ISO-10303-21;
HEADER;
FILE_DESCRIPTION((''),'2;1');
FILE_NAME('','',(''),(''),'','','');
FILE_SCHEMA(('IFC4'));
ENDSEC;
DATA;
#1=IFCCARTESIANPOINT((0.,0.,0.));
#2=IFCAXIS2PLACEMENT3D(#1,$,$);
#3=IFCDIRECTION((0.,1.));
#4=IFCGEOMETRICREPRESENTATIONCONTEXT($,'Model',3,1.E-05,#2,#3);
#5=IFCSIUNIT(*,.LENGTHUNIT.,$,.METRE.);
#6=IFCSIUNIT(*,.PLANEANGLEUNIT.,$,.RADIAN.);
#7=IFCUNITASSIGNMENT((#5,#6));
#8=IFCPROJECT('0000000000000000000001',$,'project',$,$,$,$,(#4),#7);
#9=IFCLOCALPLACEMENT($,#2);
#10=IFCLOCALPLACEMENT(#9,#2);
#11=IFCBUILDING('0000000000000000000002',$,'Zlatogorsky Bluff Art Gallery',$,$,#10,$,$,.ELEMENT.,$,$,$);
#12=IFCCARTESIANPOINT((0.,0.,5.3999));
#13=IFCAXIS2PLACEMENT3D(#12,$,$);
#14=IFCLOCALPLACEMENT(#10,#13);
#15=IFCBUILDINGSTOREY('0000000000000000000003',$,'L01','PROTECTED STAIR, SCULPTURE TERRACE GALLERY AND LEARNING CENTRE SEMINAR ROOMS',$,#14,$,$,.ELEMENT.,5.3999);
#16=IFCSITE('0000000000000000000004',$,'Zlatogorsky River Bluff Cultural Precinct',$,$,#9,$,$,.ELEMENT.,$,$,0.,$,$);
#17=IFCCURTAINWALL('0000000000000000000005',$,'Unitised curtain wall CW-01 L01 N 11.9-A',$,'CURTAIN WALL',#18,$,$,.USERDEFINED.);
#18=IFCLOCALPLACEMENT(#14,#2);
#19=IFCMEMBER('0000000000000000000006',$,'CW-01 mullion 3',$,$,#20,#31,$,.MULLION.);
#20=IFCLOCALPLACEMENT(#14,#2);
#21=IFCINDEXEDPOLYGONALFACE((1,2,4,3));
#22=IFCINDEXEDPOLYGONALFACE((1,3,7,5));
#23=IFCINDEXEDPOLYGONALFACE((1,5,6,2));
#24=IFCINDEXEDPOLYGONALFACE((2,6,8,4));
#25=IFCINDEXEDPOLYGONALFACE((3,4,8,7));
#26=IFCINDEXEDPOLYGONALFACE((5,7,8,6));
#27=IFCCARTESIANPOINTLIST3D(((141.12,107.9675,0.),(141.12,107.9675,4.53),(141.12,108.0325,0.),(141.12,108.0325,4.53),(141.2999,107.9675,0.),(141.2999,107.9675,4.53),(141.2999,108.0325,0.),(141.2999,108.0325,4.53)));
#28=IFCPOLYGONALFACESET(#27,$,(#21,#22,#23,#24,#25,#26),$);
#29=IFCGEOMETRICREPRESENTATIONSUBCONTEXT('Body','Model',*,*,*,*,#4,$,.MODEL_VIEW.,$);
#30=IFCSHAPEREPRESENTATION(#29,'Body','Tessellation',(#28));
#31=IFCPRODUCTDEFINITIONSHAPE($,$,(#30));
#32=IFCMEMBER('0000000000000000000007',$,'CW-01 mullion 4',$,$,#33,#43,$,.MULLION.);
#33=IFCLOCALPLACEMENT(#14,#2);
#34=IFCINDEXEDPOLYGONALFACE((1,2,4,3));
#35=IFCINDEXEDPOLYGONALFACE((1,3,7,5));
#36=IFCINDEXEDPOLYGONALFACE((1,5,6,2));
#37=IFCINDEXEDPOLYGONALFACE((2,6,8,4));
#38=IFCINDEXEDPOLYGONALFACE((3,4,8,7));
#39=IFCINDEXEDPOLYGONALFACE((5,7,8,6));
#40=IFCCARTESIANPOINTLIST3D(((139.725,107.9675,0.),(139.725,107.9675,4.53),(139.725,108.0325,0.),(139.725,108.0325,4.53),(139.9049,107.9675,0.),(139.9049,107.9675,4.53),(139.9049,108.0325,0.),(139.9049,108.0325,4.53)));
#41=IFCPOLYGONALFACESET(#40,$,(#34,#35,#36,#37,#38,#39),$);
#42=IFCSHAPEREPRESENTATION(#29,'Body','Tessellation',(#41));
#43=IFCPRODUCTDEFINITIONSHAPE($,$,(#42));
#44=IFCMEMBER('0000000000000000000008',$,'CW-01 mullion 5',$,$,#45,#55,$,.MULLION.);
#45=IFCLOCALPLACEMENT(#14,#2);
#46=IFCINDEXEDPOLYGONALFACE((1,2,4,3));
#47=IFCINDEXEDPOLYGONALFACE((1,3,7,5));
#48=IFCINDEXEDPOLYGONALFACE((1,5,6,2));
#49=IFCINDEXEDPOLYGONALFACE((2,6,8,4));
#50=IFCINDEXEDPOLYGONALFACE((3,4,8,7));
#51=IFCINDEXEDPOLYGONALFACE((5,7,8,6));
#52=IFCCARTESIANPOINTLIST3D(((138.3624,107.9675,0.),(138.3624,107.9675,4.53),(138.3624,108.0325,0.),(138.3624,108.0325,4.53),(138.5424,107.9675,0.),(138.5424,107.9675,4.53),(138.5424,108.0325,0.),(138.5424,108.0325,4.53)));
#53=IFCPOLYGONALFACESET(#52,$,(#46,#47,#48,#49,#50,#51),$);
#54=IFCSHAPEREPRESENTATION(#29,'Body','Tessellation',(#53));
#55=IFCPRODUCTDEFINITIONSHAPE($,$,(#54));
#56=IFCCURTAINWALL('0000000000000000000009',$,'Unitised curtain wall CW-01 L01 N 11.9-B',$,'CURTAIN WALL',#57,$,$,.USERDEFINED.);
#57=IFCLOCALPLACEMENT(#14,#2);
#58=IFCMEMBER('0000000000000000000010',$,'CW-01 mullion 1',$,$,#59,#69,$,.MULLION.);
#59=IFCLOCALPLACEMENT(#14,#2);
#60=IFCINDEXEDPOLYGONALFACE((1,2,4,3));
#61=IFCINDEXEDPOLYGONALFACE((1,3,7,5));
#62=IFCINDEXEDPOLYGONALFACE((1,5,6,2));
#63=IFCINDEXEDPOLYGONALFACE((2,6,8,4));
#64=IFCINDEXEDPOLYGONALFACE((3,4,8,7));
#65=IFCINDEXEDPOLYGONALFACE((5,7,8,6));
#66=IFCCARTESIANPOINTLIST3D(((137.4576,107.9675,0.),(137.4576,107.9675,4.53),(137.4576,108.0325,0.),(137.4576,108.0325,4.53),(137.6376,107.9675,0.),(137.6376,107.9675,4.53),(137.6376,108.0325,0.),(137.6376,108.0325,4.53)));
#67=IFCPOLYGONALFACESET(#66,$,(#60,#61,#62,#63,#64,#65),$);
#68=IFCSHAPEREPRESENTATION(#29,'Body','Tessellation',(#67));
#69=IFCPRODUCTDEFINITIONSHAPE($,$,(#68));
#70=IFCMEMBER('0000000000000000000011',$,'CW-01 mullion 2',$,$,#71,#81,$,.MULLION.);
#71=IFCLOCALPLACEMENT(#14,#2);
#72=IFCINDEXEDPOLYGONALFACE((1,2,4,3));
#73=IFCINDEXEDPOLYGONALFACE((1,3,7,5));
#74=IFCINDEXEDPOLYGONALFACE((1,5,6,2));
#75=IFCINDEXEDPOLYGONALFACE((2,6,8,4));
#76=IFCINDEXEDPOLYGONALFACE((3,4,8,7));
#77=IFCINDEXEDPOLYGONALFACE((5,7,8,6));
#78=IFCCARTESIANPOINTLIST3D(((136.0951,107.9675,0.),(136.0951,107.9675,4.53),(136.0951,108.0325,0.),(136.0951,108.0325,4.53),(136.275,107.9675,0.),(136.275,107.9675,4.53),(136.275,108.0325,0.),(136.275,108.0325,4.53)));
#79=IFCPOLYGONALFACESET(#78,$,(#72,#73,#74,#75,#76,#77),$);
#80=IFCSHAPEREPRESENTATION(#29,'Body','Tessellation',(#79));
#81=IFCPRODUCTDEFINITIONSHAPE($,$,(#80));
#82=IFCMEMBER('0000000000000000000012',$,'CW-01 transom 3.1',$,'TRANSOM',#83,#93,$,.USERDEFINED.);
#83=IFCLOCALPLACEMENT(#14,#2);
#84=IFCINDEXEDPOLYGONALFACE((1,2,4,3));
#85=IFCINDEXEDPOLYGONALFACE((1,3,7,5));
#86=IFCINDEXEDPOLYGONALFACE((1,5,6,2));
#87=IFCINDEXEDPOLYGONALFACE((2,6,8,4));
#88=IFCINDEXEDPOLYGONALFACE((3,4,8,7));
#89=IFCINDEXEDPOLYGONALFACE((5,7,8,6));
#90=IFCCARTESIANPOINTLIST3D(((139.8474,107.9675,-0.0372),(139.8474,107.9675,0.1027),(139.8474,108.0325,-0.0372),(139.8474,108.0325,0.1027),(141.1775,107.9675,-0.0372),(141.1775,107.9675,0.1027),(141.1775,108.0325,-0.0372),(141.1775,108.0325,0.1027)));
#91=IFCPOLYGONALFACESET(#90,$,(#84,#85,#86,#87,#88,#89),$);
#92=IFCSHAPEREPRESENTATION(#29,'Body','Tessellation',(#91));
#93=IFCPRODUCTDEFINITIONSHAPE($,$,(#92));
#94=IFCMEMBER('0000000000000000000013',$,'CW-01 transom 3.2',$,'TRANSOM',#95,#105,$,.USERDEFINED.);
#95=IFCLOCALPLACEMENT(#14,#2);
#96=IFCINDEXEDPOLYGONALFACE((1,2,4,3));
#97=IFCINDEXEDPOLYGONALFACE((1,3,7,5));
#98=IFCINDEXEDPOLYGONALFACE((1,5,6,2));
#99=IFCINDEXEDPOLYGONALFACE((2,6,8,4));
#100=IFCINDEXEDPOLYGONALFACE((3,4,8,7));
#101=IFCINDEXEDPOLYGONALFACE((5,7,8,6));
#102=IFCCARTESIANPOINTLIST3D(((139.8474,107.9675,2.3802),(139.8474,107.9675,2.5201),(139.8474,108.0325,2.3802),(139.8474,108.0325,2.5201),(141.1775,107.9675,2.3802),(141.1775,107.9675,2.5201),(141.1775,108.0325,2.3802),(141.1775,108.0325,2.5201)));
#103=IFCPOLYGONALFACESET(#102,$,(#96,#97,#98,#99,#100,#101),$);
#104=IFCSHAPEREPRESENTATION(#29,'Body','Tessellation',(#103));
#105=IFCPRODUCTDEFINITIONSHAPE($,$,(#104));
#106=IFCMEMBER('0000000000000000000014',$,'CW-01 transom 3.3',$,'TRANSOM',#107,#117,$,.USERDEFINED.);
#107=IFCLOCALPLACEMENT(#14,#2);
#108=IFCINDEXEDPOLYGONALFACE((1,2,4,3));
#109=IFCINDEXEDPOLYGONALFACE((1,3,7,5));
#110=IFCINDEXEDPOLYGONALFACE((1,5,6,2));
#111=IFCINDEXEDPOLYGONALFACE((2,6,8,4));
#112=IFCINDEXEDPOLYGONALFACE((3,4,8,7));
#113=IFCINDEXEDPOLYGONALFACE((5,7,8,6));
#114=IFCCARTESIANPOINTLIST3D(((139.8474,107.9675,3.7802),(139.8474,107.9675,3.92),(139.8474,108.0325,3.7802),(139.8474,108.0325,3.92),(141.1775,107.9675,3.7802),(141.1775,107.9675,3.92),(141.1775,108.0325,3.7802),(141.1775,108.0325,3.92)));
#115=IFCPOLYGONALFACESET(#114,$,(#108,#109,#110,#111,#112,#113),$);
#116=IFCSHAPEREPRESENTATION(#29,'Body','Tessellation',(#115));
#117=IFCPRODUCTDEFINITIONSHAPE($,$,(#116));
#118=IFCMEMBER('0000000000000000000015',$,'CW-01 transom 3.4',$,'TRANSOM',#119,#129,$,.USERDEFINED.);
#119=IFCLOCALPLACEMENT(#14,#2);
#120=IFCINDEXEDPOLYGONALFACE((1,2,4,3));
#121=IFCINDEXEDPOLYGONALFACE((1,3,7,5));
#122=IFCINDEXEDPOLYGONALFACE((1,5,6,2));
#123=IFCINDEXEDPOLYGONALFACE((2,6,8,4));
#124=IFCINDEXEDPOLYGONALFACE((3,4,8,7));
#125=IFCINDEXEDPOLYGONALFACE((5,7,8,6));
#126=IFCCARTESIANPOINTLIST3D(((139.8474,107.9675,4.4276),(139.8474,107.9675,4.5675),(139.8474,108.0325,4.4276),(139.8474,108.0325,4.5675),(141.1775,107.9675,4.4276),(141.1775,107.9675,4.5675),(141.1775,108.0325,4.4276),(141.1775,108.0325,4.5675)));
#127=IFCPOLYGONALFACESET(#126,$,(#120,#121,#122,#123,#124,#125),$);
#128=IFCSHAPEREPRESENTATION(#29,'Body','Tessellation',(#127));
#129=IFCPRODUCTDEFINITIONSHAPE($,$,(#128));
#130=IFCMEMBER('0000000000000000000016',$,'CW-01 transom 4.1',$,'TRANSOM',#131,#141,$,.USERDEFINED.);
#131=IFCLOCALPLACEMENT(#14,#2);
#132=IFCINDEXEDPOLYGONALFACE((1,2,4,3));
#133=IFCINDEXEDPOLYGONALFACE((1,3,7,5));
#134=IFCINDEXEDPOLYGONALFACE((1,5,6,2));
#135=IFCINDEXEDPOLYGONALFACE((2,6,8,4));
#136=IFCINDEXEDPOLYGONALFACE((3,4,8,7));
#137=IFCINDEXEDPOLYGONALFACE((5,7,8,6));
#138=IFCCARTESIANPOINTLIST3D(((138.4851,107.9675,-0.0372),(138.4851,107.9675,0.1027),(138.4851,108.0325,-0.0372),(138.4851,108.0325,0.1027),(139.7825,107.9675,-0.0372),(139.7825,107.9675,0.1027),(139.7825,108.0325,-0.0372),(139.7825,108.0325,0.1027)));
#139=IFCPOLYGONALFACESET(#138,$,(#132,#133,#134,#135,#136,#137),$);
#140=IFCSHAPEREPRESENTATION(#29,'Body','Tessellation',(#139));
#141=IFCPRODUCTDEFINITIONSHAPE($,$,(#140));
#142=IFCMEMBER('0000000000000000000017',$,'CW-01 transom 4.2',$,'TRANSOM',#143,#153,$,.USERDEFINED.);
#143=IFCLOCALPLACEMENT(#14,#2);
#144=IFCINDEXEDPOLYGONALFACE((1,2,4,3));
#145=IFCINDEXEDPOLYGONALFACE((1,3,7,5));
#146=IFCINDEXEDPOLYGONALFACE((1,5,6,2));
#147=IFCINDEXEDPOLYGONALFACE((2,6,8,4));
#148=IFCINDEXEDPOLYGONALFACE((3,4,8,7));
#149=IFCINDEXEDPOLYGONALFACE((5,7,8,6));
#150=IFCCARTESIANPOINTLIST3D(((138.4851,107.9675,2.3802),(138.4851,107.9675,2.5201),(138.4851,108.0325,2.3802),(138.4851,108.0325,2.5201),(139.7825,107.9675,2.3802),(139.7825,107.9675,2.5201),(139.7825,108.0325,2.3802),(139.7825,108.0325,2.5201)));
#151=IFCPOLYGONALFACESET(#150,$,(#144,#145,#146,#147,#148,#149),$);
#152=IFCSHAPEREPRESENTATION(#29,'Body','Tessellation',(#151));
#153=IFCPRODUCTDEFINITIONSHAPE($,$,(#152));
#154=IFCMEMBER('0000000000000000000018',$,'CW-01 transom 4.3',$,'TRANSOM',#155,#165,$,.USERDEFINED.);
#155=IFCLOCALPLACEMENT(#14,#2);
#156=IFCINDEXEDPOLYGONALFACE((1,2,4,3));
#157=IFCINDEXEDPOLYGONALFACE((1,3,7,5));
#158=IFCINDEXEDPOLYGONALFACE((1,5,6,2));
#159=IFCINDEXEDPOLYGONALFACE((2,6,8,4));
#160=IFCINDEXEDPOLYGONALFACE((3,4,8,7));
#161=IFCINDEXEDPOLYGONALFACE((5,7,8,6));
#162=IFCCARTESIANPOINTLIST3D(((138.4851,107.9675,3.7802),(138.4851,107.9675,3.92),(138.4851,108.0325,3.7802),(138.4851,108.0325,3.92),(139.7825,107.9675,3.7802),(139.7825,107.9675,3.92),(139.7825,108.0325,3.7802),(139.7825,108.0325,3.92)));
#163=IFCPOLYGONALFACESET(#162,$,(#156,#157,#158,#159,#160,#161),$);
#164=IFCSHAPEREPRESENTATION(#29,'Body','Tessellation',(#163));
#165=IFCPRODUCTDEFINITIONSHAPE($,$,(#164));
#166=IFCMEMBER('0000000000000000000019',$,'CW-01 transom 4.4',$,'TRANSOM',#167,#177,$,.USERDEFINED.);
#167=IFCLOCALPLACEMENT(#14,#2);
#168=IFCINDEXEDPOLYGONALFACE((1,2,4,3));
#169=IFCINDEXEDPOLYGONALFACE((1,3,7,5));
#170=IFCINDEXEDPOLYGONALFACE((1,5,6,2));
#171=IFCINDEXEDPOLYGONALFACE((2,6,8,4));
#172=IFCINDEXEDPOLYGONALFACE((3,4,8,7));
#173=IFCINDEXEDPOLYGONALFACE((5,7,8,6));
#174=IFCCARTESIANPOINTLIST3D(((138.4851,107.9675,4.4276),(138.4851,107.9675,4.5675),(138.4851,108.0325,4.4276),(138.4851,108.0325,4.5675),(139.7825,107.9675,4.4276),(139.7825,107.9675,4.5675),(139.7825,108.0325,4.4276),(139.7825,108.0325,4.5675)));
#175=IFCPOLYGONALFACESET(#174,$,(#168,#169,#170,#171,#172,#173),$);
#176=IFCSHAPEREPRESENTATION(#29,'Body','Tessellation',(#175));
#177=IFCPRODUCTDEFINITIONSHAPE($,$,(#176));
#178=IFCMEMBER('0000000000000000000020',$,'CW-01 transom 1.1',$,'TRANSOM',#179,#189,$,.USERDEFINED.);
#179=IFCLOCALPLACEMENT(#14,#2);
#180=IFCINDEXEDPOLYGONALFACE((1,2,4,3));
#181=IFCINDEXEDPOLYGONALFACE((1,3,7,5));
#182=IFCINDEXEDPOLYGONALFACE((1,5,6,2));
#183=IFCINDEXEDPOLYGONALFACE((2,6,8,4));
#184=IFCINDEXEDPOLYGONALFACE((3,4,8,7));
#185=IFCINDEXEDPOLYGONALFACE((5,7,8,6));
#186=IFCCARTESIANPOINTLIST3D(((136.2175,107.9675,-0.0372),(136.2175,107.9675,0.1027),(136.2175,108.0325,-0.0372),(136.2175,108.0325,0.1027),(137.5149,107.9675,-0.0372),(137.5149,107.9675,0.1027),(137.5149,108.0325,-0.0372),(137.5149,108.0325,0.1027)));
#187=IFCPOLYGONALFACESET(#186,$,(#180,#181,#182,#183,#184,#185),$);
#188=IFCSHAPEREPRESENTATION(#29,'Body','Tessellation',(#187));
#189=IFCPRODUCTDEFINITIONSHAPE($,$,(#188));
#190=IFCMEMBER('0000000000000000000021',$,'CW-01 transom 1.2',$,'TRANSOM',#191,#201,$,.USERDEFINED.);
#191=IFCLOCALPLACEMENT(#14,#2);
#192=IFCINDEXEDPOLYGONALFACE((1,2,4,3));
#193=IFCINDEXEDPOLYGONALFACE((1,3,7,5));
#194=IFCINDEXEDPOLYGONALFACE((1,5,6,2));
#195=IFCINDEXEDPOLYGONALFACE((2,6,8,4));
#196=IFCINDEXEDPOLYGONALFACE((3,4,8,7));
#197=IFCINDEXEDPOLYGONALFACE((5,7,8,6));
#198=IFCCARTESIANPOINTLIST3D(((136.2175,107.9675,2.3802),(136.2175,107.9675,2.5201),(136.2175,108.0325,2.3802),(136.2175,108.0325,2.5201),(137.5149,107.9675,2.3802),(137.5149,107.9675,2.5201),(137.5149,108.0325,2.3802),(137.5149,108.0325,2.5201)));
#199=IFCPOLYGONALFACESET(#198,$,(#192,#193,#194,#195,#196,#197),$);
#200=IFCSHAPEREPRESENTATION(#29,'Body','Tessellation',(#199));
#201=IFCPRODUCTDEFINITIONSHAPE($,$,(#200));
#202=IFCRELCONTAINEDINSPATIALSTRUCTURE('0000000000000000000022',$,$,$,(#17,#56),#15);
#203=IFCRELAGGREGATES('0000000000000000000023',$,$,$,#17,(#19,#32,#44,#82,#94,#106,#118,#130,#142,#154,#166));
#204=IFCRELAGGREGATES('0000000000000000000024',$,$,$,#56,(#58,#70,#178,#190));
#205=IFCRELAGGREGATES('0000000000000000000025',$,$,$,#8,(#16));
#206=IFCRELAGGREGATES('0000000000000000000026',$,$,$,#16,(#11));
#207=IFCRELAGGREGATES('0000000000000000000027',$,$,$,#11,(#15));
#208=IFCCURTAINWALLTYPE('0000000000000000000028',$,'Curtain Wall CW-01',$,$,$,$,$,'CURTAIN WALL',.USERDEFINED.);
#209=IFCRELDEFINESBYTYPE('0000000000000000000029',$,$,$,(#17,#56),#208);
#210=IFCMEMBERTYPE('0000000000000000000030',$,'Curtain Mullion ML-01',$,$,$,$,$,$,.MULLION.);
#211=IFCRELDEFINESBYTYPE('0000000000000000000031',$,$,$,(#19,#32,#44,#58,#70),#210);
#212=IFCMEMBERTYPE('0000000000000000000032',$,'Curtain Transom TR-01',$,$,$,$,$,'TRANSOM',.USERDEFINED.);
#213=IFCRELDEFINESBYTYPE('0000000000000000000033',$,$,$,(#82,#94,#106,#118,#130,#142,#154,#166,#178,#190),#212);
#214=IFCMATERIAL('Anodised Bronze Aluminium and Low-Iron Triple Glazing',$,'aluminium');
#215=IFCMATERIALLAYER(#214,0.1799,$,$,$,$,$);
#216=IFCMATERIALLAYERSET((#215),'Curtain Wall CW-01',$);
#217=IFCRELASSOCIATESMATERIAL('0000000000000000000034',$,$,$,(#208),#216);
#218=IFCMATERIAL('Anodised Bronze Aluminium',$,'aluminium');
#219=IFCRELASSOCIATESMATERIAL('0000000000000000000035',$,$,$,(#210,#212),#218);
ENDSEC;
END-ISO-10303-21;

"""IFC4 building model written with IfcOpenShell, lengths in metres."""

from ifc_helpers import new_model, si_unit, direction, frame, origin, origin_2d, place, context, subcontext, project, spatial, rectangle, extrude, material, layer, layer_set, material_profile, profile_set, type_object, element, aggregate, save


model = new_model("IFC4")

# Units and contexts
model_context = context("Model", 3, precision=1e-05, world=origin(), true_north=direction((0.0, 1.0)))
body_context = subcontext(model_context, "Body", "Model", "MODEL_VIEW")
ifc_project = project(units=[si_unit("LENGTHUNIT", "METRE"), si_unit("PLANEANGLEUNIT", "RADIAN")], contexts=[model_context])

# Site, building, storey
site_placement = place(None, origin())
site = spatial("IfcSite", under=ifc_project, at=site_placement, Name="Zlatogorsky River Bluff Cultural Precinct", CompositionType="ELEMENT", RefElevation=0.0)
building_placement = place(site_placement, origin())
building = spatial("IfcBuilding", under=site, at=building_placement, Name="Zlatogorsky Bluff Art Gallery", CompositionType="ELEMENT")
storey_placement = place(building_placement, frame((0.0, 0.0, 5.3999)))
storey = spatial("IfcBuildingStorey", under=building, at=storey_placement, Name="L01", Description="PROTECTED STAIR, SCULPTURE TERRACE GALLERY AND LEARNING CENTRE SEMINAR ROOMS", CompositionType="ELEMENT", Elevation=5.3999)

# Curtain walls, members
ifc_material_1 = material(Name="Anodised Bronze Aluminium and Low-Iron Triple Glazing", Category="aluminium")
ifc_layer_1 = layer(ifc_material_1, 0.1799)
ifc_layer_set_1 = layer_set([ifc_layer_1], Name="Curtain Wall CW-01")
curtain_wall_type = type_object("IfcCurtainWallType", Name="Curtain Wall CW-01", ElementType="CURTAIN WALL", PredefinedType="USERDEFINED", material=ifc_layer_set_1)
curtain_wall_1_placement = place(storey_placement, origin())
curtain_wall_1 = element("IfcCurtainWall", 1, at=curtain_wall_1_placement, inside=storey, type_object=curtain_wall_type, Name="Unitised curtain wall CW-01 L01 N 11.9-A", ObjectType="CURTAIN WALL", PredefinedType="USERDEFINED")
ifc_material_2 = material(Name="Anodised Bronze Aluminium", Category="aluminium")
ifc_material_profile_1 = material_profile(ifc_material_2, rectangle(XDim=0.0649, YDim=0.1799, at=origin_2d()), Name="ALU MULLION 65x180")
ifc_profile_set_1 = profile_set([ifc_material_profile_1], Name="Anodised Bronze Aluminium")
member_type_1 = type_object("IfcMemberType", Name="Curtain Mullion ML-01", PredefinedType="MULLION", material=ifc_profile_set_1)
member_1_placement = place(storey_placement, frame((141.21, 108.0, 0.0), z_axis=(0.0, 0.0, 1.0), x_axis=(0.0, -1.0, 0.0)))
member_1 = element("IfcMember", 2, at=member_1_placement, type_object=member_type_1, Name="CW-01 mullion 3", PredefinedType="MULLION", context=body_context, shape_type="SweptSolid", body=[
    extrude(rectangle(XDim=0.0649, YDim=0.1799, at=origin_2d()), origin(), (0.0, 0.0, 1.0), 4.53),
])
member_2_placement = place(storey_placement, frame((139.8149, 108.0, 0.0), z_axis=(0.0, 0.0, 1.0), x_axis=(0.0, -1.0, 0.0)))
member_2 = element("IfcMember", 3, at=member_2_placement, type_object=member_type_1, Name="CW-01 mullion 4", PredefinedType="MULLION", context=body_context, shape_type="SweptSolid", body=[
    extrude(rectangle(XDim=0.0649, YDim=0.1799, at=origin_2d()), origin(), (0.0, 0.0, 1.0), 4.53),
])
member_3_placement = place(storey_placement, frame((138.4524, 108.0, 0.0), z_axis=(0.0, 0.0, 1.0), x_axis=(0.0, -1.0, 0.0)))
member_3 = element("IfcMember", 4, at=member_3_placement, type_object=member_type_1, Name="CW-01 mullion 5", PredefinedType="MULLION", context=body_context, shape_type="SweptSolid", body=[
    extrude(rectangle(XDim=0.0649, YDim=0.1799, at=origin_2d()), origin(), (0.0, 0.0, 1.0), 4.53),
])
curtain_wall_2_placement = place(storey_placement, origin())
curtain_wall_2 = element("IfcCurtainWall", 5, at=curtain_wall_2_placement, inside=storey, type_object=curtain_wall_type, Name="Unitised curtain wall CW-01 L01 N 11.9-B", ObjectType="CURTAIN WALL", PredefinedType="USERDEFINED")
member_4_placement = place(storey_placement, frame((137.5476, 108.0, 0.0), z_axis=(0.0, 0.0, 1.0), x_axis=(0.0, -1.0, 0.0)))
member_4 = element("IfcMember", 6, at=member_4_placement, type_object=member_type_1, Name="CW-01 mullion 1", PredefinedType="MULLION", context=body_context, shape_type="SweptSolid", body=[
    extrude(rectangle(XDim=0.0649, YDim=0.1799, at=origin_2d()), origin(), (0.0, 0.0, 1.0), 4.53),
])
member_5_placement = place(storey_placement, frame((136.1851, 108.0, 0.0), z_axis=(0.0, 0.0, 1.0), x_axis=(0.0, -1.0, 0.0)))
member_5 = element("IfcMember", 7, at=member_5_placement, type_object=member_type_1, Name="CW-01 mullion 2", PredefinedType="MULLION", context=body_context, shape_type="SweptSolid", body=[
    extrude(rectangle(XDim=0.0649, YDim=0.1799, at=origin_2d()), origin(), (0.0, 0.0, 1.0), 4.53),
])

# Members
ifc_material_profile_2 = material_profile(ifc_material_2, rectangle(XDim=0.0649, YDim=0.1399, at=origin_2d()), Name="ALU TRANSOM 65x140")
ifc_profile_set_2 = profile_set([ifc_material_profile_2], Name="Anodised Bronze Aluminium")
member_type_2 = type_object("IfcMemberType", Name="Curtain Transom TR-01", ElementType="TRANSOM", PredefinedType="USERDEFINED", material=ifc_profile_set_2)
member_6_placement = place(storey_placement, frame((141.1775, 108.0, 0.0327), z_axis=(-1.0, 0.0, 0.0), x_axis=(0.0, -1.0, 0.0)))
member_6 = element("IfcMember", 8, at=member_6_placement, type_object=member_type_2, Name="CW-01 transom 3.1", ObjectType="TRANSOM", PredefinedType="USERDEFINED", context=body_context, shape_type="SweptSolid", body=[
    extrude(rectangle(XDim=0.0649, YDim=0.1399, at=origin_2d()), origin(), (0.0, 0.0, 1.0), 1.3301),
])
member_7_placement = place(storey_placement, frame((141.1775, 108.0, 2.4502), z_axis=(-1.0, 0.0, 0.0), x_axis=(0.0, -1.0, 0.0)))
member_7 = element("IfcMember", 9, at=member_7_placement, type_object=member_type_2, Name="CW-01 transom 3.2", ObjectType="TRANSOM", PredefinedType="USERDEFINED", context=body_context, shape_type="SweptSolid", body=[
    extrude(rectangle(XDim=0.0649, YDim=0.1399, at=origin_2d()), origin(), (0.0, 0.0, 1.0), 1.3301),
])
member_8_placement = place(storey_placement, frame((141.1775, 108.0, 3.8501), z_axis=(-1.0, 0.0, 0.0), x_axis=(0.0, -1.0, 0.0)))
member_8 = element("IfcMember", 10, at=member_8_placement, type_object=member_type_2, Name="CW-01 transom 3.3", ObjectType="TRANSOM", PredefinedType="USERDEFINED", context=body_context, shape_type="SweptSolid", body=[
    extrude(rectangle(XDim=0.0649, YDim=0.1399, at=origin_2d()), origin(), (0.0, 0.0, 1.0), 1.3301),
])
member_9_placement = place(storey_placement, frame((141.1775, 108.0, 4.4976), z_axis=(-1.0, 0.0, 0.0), x_axis=(0.0, -1.0, 0.0)))
member_9 = element("IfcMember", 11, at=member_9_placement, type_object=member_type_2, Name="CW-01 transom 3.4", ObjectType="TRANSOM", PredefinedType="USERDEFINED", context=body_context, shape_type="SweptSolid", body=[
    extrude(rectangle(XDim=0.0649, YDim=0.1399, at=origin_2d()), origin(), (0.0, 0.0, 1.0), 1.3301),
])
member_10_placement = place(storey_placement, frame((139.7825, 108.0, 0.0327), z_axis=(-1.0, 0.0, 0.0), x_axis=(0.0, -1.0, 0.0)))
member_10 = element("IfcMember", 12, at=member_10_placement, type_object=member_type_2, Name="CW-01 transom 4.1", ObjectType="TRANSOM", PredefinedType="USERDEFINED", context=body_context, shape_type="SweptSolid", body=[
    extrude(rectangle(XDim=0.0649, YDim=0.1399, at=origin_2d()), origin(), (0.0, 0.0, 1.0), 1.2974),
])
member_11_placement = place(storey_placement, frame((139.7825, 108.0, 2.4502), z_axis=(-1.0, 0.0, 0.0), x_axis=(0.0, -1.0, 0.0)))
member_11 = element("IfcMember", 13, at=member_11_placement, type_object=member_type_2, Name="CW-01 transom 4.2", ObjectType="TRANSOM", PredefinedType="USERDEFINED", context=body_context, shape_type="SweptSolid", body=[
    extrude(rectangle(XDim=0.0649, YDim=0.1399, at=origin_2d()), origin(), (0.0, 0.0, 1.0), 1.2974),
])
member_12_placement = place(storey_placement, frame((139.7825, 108.0, 3.8501), z_axis=(-1.0, 0.0, 0.0), x_axis=(0.0, -1.0, 0.0)))
member_12 = element("IfcMember", 14, at=member_12_placement, type_object=member_type_2, Name="CW-01 transom 4.3", ObjectType="TRANSOM", PredefinedType="USERDEFINED", context=body_context, shape_type="SweptSolid", body=[
    extrude(rectangle(XDim=0.0649, YDim=0.1399, at=origin_2d()), origin(), (0.0, 0.0, 1.0), 1.2974),
])
member_13_placement = place(storey_placement, frame((139.7825, 108.0, 4.4976), z_axis=(-1.0, 0.0, 0.0), x_axis=(0.0, -1.0, 0.0)))
member_13 = element("IfcMember", 15, at=member_13_placement, type_object=member_type_2, Name="CW-01 transom 4.4", ObjectType="TRANSOM", PredefinedType="USERDEFINED", context=body_context, shape_type="SweptSolid", body=[
    extrude(rectangle(XDim=0.0649, YDim=0.1399, at=origin_2d()), origin(), (0.0, 0.0, 1.0), 1.2974),
])
member_14_placement = place(storey_placement, frame((137.5149, 108.0, 0.0327), z_axis=(-1.0, 0.0, 0.0), x_axis=(0.0, -1.0, 0.0)))
member_14 = element("IfcMember", 16, at=member_14_placement, type_object=member_type_2, Name="CW-01 transom 1.1", ObjectType="TRANSOM", PredefinedType="USERDEFINED", context=body_context, shape_type="SweptSolid", body=[
    extrude(rectangle(XDim=0.0649, YDim=0.1399, at=origin_2d()), origin(), (0.0, 0.0, 1.0), 1.2974),
])
member_15_placement = place(storey_placement, frame((137.5149, 108.0, 2.4502), z_axis=(-1.0, 0.0, 0.0), x_axis=(0.0, -1.0, 0.0)))
member_15 = element("IfcMember", 17, at=member_15_placement, type_object=member_type_2, Name="CW-01 transom 1.2", ObjectType="TRANSOM", PredefinedType="USERDEFINED", context=body_context, shape_type="SweptSolid", body=[
    extrude(rectangle(XDim=0.0649, YDim=0.1399, at=origin_2d()), origin(), (0.0, 0.0, 1.0), 1.2974),
])

aggregate(curtain_wall_1, [member_1, member_2, member_3, member_6, member_7, member_8, member_9, member_10, member_11, member_12, member_13])
aggregate(curtain_wall_2, [member_4, member_5, member_14, member_15])

save(model, "model.ifc")
